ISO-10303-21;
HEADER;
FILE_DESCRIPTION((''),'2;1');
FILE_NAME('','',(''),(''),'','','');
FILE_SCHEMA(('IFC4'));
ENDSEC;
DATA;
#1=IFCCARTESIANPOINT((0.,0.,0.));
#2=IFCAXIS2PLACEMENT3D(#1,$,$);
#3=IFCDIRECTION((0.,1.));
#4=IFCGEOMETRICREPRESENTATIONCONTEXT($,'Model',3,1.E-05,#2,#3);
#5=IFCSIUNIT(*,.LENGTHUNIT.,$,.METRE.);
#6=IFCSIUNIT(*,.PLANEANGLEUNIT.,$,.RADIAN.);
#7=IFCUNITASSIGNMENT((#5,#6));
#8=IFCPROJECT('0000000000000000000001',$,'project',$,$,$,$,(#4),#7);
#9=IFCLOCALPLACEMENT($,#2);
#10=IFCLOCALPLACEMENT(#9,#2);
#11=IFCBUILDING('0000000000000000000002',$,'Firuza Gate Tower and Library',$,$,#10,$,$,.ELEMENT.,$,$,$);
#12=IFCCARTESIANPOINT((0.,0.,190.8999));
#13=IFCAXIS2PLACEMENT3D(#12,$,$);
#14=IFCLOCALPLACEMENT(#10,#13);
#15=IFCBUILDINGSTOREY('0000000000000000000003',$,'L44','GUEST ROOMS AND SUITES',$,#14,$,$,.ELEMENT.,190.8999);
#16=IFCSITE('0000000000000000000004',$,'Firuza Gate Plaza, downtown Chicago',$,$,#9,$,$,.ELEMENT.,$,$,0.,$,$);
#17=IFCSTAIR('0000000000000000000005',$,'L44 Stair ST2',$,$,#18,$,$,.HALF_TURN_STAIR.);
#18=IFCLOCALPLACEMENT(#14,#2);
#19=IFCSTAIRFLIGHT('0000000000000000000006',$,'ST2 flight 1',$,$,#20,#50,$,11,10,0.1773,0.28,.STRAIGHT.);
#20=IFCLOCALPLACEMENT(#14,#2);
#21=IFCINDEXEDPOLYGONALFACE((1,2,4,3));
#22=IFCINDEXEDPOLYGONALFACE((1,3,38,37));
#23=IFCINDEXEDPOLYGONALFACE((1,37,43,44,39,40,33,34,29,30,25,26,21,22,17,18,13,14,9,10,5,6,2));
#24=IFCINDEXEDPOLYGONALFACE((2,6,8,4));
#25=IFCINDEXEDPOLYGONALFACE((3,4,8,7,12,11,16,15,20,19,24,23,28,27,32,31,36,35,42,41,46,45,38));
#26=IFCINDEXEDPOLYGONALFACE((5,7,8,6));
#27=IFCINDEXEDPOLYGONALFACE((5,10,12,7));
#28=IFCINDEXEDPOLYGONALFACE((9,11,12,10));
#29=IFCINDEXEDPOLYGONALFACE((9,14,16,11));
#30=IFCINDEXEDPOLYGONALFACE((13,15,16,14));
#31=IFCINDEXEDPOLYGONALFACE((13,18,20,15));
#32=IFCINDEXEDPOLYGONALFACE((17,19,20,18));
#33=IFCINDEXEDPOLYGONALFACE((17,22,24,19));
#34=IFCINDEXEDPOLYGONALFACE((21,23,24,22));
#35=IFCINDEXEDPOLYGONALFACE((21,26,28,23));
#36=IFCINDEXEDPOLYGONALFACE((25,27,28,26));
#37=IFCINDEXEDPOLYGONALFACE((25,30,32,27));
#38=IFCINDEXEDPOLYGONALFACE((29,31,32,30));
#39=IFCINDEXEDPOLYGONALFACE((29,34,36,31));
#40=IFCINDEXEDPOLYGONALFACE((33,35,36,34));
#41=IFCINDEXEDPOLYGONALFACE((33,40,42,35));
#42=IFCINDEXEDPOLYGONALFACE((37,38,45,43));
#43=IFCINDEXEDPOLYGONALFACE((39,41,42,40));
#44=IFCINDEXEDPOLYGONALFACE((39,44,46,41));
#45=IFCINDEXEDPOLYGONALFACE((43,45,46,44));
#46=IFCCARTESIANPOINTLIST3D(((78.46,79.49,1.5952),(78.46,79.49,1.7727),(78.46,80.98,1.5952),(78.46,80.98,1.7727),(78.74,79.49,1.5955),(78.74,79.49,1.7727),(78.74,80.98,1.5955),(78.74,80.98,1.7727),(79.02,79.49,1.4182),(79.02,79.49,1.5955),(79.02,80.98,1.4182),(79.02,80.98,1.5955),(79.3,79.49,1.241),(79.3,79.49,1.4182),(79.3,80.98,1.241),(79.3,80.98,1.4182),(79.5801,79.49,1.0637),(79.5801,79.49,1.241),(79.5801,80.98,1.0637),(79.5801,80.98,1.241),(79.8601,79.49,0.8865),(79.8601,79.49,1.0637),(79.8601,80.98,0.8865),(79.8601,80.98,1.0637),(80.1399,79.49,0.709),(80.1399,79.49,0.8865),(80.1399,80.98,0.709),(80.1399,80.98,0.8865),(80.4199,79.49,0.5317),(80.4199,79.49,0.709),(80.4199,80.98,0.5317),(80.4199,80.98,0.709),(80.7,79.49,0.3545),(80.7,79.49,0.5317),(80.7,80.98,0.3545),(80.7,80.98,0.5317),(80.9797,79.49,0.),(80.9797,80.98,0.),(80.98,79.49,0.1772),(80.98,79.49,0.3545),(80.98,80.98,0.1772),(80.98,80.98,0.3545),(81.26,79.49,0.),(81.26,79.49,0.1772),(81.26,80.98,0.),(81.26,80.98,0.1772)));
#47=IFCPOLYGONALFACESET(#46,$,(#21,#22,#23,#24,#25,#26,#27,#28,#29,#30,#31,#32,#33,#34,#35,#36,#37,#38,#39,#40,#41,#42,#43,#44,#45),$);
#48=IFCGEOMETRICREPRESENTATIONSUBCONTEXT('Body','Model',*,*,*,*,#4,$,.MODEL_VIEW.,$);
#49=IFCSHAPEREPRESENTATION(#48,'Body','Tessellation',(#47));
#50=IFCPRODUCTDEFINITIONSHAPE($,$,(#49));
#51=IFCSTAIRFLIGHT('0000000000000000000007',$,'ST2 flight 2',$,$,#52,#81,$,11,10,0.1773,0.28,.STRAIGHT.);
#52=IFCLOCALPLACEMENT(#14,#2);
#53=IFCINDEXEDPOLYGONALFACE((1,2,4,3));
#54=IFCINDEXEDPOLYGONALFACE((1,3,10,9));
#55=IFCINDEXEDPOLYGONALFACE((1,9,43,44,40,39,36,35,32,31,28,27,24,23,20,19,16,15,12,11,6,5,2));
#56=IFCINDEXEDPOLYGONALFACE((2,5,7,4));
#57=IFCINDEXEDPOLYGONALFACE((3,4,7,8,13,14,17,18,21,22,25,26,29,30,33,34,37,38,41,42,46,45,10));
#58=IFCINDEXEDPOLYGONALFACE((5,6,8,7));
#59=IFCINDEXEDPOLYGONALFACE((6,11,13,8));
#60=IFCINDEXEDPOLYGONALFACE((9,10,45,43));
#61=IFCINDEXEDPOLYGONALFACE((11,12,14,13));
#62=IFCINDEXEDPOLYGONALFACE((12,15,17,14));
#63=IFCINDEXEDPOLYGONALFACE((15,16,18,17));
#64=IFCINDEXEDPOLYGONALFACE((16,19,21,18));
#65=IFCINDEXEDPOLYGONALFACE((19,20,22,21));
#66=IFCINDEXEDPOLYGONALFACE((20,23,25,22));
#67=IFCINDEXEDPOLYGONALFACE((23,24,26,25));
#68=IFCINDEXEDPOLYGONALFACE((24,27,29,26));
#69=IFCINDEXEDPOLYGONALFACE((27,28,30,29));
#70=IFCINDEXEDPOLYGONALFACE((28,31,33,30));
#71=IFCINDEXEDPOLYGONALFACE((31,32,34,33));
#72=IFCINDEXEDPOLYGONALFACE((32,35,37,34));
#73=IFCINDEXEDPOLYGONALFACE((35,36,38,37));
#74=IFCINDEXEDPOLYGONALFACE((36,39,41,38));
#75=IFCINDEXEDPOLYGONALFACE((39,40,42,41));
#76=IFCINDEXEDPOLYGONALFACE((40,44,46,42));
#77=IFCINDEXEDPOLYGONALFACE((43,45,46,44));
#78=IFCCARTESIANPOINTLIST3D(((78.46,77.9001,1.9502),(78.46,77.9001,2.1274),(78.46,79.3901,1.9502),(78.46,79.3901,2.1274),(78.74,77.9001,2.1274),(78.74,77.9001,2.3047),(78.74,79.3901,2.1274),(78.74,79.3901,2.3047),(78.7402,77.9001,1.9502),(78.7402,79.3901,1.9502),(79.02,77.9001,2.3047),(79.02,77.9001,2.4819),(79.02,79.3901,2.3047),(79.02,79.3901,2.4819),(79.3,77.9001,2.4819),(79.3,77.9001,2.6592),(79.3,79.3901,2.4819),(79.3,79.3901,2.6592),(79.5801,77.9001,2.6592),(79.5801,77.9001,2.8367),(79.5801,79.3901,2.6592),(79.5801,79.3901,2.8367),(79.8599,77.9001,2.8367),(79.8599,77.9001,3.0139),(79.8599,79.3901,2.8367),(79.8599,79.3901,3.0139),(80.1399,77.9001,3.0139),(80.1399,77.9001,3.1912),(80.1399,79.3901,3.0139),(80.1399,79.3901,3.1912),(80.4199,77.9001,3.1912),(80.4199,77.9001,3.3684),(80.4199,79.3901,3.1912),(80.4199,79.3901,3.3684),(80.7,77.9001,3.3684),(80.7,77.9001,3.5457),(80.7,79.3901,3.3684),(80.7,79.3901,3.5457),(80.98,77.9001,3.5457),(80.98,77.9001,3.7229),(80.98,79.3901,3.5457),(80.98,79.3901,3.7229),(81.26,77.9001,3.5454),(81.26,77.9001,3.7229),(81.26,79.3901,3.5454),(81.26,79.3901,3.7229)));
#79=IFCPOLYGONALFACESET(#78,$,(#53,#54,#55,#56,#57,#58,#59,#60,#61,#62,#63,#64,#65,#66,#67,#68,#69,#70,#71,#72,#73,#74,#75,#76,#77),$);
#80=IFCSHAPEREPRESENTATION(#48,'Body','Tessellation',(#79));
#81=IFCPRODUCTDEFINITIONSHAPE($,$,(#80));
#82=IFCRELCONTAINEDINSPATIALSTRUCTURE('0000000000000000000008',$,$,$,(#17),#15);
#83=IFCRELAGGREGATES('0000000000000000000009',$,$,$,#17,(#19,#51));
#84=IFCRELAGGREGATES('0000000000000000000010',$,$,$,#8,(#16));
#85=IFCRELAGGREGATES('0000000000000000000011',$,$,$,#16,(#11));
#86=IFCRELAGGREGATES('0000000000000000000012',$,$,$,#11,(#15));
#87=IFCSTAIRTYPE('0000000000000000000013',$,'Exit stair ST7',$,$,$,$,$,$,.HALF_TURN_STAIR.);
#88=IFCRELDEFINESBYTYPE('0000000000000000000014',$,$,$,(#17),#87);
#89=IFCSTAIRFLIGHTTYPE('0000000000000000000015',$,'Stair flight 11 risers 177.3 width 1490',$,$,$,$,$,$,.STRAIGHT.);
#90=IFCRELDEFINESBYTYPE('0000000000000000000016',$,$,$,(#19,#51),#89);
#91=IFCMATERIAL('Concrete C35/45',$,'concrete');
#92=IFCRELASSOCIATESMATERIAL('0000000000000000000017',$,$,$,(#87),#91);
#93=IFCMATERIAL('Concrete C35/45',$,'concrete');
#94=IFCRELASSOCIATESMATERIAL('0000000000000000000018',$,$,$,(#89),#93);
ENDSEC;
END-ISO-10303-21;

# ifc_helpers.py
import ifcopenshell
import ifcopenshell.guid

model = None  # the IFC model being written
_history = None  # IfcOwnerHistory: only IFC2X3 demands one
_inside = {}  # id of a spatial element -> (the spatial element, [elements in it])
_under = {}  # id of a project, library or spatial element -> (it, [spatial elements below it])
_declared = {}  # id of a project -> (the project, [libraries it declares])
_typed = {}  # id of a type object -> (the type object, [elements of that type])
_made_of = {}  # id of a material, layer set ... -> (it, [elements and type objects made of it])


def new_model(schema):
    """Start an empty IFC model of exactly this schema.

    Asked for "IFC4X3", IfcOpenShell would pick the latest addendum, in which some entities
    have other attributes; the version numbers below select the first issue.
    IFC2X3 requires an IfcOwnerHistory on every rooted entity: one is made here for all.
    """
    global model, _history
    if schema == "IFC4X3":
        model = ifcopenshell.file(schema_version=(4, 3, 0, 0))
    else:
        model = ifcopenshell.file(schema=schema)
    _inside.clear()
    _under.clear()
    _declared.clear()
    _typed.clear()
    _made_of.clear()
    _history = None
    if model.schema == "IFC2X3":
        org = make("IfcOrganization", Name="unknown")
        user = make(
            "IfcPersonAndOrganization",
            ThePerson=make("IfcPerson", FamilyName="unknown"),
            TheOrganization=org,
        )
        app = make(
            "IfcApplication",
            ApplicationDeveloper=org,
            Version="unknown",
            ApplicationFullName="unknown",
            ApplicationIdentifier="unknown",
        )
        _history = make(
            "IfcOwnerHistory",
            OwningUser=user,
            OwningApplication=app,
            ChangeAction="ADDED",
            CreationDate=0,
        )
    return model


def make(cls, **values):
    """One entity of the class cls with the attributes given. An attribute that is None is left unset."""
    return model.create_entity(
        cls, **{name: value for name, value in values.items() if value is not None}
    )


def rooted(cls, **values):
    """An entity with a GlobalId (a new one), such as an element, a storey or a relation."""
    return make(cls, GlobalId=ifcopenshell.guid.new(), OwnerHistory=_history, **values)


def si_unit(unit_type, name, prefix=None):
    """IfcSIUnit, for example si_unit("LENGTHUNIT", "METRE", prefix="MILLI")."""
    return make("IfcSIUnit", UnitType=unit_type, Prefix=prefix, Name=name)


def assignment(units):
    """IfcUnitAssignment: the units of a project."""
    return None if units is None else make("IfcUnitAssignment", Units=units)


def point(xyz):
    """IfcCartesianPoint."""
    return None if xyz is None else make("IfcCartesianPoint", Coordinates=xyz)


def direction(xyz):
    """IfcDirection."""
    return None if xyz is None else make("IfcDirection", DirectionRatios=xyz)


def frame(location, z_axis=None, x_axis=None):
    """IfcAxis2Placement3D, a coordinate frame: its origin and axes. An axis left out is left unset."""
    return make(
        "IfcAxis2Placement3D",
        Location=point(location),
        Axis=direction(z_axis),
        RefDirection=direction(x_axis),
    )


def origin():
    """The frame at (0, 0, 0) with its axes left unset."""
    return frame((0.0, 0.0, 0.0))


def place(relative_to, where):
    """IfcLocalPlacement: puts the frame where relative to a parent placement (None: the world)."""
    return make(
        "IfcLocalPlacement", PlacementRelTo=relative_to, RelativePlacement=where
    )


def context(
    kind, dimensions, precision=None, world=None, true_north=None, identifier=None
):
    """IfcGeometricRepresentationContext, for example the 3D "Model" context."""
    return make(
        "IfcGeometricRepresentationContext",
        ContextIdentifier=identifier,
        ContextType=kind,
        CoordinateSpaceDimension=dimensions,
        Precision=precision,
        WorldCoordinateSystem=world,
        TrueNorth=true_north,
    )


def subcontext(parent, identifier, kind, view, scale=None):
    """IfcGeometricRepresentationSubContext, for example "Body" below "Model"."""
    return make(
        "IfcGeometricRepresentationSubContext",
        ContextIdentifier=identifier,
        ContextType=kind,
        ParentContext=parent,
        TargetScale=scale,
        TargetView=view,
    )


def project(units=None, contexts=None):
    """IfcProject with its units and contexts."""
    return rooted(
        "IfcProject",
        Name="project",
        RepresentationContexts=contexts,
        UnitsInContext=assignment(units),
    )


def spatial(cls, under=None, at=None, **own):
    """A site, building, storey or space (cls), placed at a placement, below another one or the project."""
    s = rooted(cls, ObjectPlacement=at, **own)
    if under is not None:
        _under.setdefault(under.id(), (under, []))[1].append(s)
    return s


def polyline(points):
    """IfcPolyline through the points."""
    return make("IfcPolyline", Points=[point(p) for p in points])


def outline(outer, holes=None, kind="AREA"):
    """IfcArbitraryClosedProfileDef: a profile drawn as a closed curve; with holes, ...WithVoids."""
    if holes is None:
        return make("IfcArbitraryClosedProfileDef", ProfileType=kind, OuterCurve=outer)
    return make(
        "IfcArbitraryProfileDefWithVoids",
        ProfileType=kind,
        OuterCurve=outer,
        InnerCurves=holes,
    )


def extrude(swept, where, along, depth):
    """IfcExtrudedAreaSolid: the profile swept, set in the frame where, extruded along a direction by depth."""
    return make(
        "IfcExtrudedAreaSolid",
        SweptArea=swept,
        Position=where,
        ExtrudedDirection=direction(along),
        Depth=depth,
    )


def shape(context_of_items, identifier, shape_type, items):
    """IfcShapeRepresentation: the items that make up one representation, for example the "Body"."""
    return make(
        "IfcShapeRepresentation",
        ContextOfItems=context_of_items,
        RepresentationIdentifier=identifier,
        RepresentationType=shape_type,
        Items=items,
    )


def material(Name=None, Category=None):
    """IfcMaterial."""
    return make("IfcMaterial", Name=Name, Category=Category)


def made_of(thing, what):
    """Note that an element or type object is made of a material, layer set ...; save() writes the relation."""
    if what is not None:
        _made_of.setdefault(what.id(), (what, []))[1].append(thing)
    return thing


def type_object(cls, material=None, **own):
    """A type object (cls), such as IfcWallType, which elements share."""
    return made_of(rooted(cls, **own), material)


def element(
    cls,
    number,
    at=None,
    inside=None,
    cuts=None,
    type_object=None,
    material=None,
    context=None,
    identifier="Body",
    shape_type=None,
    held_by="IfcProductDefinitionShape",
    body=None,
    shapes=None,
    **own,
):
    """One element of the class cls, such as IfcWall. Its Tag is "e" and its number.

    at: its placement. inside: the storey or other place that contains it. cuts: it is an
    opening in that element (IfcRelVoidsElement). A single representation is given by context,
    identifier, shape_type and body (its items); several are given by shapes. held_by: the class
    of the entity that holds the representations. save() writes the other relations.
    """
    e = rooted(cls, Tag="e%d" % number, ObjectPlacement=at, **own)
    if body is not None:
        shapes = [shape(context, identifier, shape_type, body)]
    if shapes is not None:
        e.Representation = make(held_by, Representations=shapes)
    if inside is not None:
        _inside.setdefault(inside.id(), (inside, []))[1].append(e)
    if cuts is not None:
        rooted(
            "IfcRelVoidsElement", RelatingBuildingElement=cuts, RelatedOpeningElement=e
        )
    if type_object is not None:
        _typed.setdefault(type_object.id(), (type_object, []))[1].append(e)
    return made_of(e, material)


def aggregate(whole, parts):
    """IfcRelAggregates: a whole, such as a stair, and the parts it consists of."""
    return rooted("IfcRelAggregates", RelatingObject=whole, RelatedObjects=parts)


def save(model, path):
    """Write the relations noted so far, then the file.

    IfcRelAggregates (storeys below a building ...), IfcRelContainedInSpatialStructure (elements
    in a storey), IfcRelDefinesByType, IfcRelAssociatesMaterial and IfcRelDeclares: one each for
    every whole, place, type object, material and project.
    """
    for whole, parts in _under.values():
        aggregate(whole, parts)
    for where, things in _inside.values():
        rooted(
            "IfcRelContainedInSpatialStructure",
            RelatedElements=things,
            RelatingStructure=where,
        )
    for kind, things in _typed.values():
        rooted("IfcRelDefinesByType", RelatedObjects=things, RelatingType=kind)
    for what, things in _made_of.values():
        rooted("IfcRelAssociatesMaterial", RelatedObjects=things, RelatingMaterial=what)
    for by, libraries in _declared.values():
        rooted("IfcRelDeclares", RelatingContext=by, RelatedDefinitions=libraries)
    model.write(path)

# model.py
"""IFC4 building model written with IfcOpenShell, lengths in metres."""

from ifc_helpers import new_model, si_unit, direction, frame, origin, place, context, subcontext, project, spatial, polyline, outline, extrude, material, type_object, element, aggregate, save


model = new_model("IFC4")

# Units and contexts
model_context = context("Model", 3, precision=1e-05, world=origin(), true_north=direction((0.0, 1.0)))
body_context = subcontext(model_context, "Body", "Model", "MODEL_VIEW")
ifc_project = project(units=[si_unit("LENGTHUNIT", "METRE"), si_unit("PLANEANGLEUNIT", "RADIAN")], contexts=[model_context])

# Site, building, storey
site_placement = place(None, origin())
site = spatial("IfcSite", under=ifc_project, at=site_placement, Name="Firuza Gate Plaza, downtown Chicago", CompositionType="ELEMENT", RefElevation=0.0)
building_placement = place(site_placement, origin())
building = spatial("IfcBuilding", under=site, at=building_placement, Name="Firuza Gate Tower and Library", CompositionType="ELEMENT")
storey_placement = place(building_placement, frame((0.0, 0.0, 190.8999)))
storey = spatial("IfcBuildingStorey", under=building, at=storey_placement, Name="L44", Description="GUEST ROOMS AND SUITES", CompositionType="ELEMENT", Elevation=190.8999)

# Stair, stair flights
ifc_material_1 = material(Name="Concrete C35/45", Category="concrete")
stair_type = type_object("IfcStairType", Name="Exit stair ST7", PredefinedType="HALF_TURN_STAIR", material=ifc_material_1)
stair_placement = place(storey_placement, origin())
stair = element("IfcStair", 1, at=stair_placement, inside=storey, type_object=stair_type, Name="L44 Stair ST2", PredefinedType="HALF_TURN_STAIR")
ifc_material_2 = material(Name="Concrete C35/45", Category="concrete")
stair_flight_type = type_object("IfcStairFlightType", Name="Stair flight 11 risers 177.3 width 1490", PredefinedType="STRAIGHT", material=ifc_material_2)
stair_flight_1_placement = place(storey_placement, frame((81.26, 80.2351, 0.0), z_axis=(0.0, 0.0, 1.0), x_axis=(-1.0, 0.0, 0.0)))
stair_flight_1 = element("IfcStairFlight", 2, at=stair_flight_1_placement, type_object=stair_flight_type, Name="ST2 flight 1", NumberOfRisers=11, NumberOfTreads=10, PredefinedType="STRAIGHT", RiserHeight=0.1773, TreadLength=0.28, context=body_context, shape_type="SweptSolid", body=[
    extrude(outline(polyline([(0.0, 0.0), (0.0, 0.1772), (0.28, 0.1772), (0.28, 0.3545), (0.5601, 0.3545), (0.5601, 0.5317), (0.8401, 0.5317), (0.8401, 0.709), (1.1201, 0.709), (1.1201, 0.8865), (1.3999, 0.8865), (1.3999, 1.0637), (1.6799, 1.0637), (1.6799, 1.241), (1.96, 1.241), (1.96, 1.4182), (2.24, 1.4182), (2.24, 1.5955), (2.52, 1.5955), (2.52, 1.7727), (2.8, 1.7727), (2.8, 1.95), (2.8, 1.5952), (0.2803, 0.0), (0.0, 0.0)])), frame((0.0, 0.7451, 0.0), z_axis=(0.0, -1.0, 0.0), x_axis=(1.0, 0.0, 0.0)), (0.0, 0.0, 1.0), 1.49),
])
stair_flight_2_placement = place(storey_placement, frame((78.46, 78.645, 1.9502), z_axis=(0.0, 0.0, 1.0), x_axis=(1.0, 0.0, 0.0)))
stair_flight_2 = element("IfcStairFlight", 3, at=stair_flight_2_placement, type_object=stair_flight_type, Name="ST2 flight 2", NumberOfRisers=11, NumberOfTreads=10, PredefinedType="STRAIGHT", RiserHeight=0.1773, TreadLength=0.28, context=body_context, shape_type="SweptSolid", body=[
    extrude(outline(polyline([(0.0, 0.0), (0.0, 0.1772), (0.28, 0.1772), (0.28, 0.3545), (0.5601, 0.3545), (0.5601, 0.5317), (0.8401, 0.5317), (0.8401, 0.709), (1.1201, 0.709), (1.1201, 0.8865), (1.3999, 0.8865), (1.3999, 1.0637), (1.6799, 1.0637), (1.6799, 1.241), (1.96, 1.241), (1.96, 1.4182), (2.24, 1.4182), (2.24, 1.5955), (2.52, 1.5955), (2.52, 1.7727), (2.8, 1.7727), (2.8, 1.95), (2.8, 1.5952), (0.2803, 0.0), (0.0, 0.0)])), frame((0.0, 0.7451, 0.0), z_axis=(0.0, -1.0, 0.0), x_axis=(1.0, 0.0, 0.0)), (0.0, 0.0, 1.0), 1.49),
])
aggregate(stair, [stair_flight_1, stair_flight_2])

save(model, "model.ifc")
